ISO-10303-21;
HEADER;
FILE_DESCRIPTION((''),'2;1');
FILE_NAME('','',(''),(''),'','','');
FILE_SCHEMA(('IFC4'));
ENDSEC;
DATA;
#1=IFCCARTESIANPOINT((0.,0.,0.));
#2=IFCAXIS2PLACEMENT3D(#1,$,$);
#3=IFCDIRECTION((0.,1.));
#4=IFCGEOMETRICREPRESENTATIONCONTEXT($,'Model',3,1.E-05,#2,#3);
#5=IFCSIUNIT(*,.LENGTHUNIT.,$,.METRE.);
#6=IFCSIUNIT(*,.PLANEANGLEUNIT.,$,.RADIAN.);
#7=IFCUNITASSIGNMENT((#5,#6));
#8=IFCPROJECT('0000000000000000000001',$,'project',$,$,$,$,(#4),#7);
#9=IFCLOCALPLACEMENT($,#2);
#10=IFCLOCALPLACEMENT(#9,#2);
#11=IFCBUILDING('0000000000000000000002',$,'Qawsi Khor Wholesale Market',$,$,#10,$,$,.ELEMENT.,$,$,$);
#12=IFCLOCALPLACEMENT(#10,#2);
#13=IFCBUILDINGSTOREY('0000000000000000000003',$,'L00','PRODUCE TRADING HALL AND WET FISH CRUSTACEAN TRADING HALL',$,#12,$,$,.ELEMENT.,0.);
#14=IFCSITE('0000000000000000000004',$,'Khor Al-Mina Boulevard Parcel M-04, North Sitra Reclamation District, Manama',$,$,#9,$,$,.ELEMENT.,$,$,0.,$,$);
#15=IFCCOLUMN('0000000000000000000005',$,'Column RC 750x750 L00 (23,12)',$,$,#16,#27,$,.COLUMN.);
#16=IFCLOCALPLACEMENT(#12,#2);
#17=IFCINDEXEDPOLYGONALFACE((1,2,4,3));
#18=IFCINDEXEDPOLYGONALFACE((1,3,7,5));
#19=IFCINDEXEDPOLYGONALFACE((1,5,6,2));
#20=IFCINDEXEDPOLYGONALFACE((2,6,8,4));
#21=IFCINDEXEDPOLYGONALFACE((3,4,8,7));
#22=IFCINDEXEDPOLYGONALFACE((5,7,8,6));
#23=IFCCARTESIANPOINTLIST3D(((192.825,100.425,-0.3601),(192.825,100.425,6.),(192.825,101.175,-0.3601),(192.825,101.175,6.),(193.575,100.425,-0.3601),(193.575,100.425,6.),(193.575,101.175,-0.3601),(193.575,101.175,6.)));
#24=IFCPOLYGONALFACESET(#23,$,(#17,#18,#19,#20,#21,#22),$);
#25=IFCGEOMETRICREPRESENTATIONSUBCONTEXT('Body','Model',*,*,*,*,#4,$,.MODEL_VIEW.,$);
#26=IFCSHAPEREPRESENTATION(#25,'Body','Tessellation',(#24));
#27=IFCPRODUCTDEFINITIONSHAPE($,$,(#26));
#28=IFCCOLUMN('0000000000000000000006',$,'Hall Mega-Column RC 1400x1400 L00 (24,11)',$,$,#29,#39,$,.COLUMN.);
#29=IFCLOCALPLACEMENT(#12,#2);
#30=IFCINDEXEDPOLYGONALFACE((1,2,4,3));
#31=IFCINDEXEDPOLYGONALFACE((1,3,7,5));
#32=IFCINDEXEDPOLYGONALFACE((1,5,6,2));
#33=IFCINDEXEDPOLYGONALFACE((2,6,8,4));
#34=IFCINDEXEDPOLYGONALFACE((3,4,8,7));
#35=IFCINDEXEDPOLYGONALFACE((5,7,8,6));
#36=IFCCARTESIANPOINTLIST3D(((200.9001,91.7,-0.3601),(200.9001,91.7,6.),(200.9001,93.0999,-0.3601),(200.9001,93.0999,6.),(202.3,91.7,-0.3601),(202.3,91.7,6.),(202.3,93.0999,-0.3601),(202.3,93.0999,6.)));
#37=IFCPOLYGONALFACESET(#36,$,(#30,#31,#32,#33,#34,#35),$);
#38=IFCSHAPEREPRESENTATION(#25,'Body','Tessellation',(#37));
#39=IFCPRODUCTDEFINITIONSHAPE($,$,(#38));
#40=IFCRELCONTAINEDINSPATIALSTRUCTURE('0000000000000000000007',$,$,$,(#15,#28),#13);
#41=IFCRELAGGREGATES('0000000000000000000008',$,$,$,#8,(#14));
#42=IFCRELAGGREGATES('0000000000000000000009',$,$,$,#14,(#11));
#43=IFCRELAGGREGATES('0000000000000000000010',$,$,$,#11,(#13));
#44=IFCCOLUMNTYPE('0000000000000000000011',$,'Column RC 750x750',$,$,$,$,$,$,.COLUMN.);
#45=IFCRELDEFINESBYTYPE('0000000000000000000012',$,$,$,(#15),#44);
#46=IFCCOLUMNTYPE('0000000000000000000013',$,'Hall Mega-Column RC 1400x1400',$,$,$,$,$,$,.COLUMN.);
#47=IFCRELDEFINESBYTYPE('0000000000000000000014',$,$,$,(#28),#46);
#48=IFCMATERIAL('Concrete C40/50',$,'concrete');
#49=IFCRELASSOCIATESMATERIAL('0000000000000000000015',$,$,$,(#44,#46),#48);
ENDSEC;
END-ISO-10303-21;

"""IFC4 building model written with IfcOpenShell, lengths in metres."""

from ifc_helpers import new_model, si_unit, direction, frame, origin, origin_2d, place, context, subcontext, project, spatial, rectangle, extrude, material, material_profile, profile_set, type_object, element, save


model = new_model("IFC4")

# Units and contexts
model_context = context("Model", 3, precision=1e-05, world=origin(), true_north=direction((0.0, 1.0)))
body_context = subcontext(model_context, "Body", "Model", "MODEL_VIEW")
ifc_project = project(units=[si_unit("LENGTHUNIT", "METRE"), si_unit("PLANEANGLEUNIT", "RADIAN")], contexts=[model_context])

# Site, building, storey
site_placement = place(None, origin())
site = spatial("IfcSite", under=ifc_project, at=site_placement, Name="Khor Al-Mina Boulevard Parcel M-04, North Sitra Reclamation District, Manama", CompositionType="ELEMENT", RefElevation=0.0)
building_placement = place(site_placement, origin())
building = spatial("IfcBuilding", under=site, at=building_placement, Name="Qawsi Khor Wholesale Market", CompositionType="ELEMENT")
storey_placement = place(building_placement, origin())
storey = spatial("IfcBuildingStorey", under=building, at=storey_placement, Name="L00", Description="PRODUCE TRADING HALL AND WET FISH CRUSTACEAN TRADING HALL", CompositionType="ELEMENT", Elevation=0.0)

# Columns
ifc_material_1 = material(Name="Concrete C40/50", Category="concrete")
ifc_material_profile_1 = material_profile(ifc_material_1, rectangle(XDim=0.75, YDim=0.75, at=origin_2d()), Name="RC 750x750")
ifc_profile_set_1 = profile_set([ifc_material_profile_1], Name="Concrete C40/50")
column_type_1 = type_object("IfcColumnType", Name="Column RC 750x750", PredefinedType="COLUMN", material=ifc_profile_set_1)
for number, where, z_axis, x_axis, name in (
    (1, (193.2, 100.8, -0.3601), (0.0, 0.0, 1.0), (1.0, 0.0, 0.0), "Column RC 750x750 L00 (23,12)"),
):
    element("IfcColumn", number, at=place(storey_placement, frame(where, z_axis=z_axis, x_axis=x_axis)), inside=storey, type_object=column_type_1, Name=name, PredefinedType="COLUMN", context=body_context, shape_type="SweptSolid", body=[
        extrude(rectangle(XDim=0.75, YDim=0.75, at=origin_2d()), origin(), (0.0, 0.0, 1.0), 6.3601),
    ])
ifc_material_profile_2 = material_profile(ifc_material_1, rectangle(XDim=1.3999, YDim=1.3999, at=origin_2d()), Name="RC 1400x1400")
ifc_profile_set_2 = profile_set([ifc_material_profile_2], Name="Concrete C40/50")
column_type_2 = type_object("IfcColumnType", Name="Hall Mega-Column RC 1400x1400", PredefinedType="COLUMN", material=ifc_profile_set_2)
column_placement = place(storey_placement, frame((201.6001, 92.3999, -0.3601), z_axis=(0.0, 0.0, 1.0), x_axis=(1.0, 0.0, 0.0)))
element("IfcColumn", 2, at=column_placement, inside=storey, type_object=column_type_2, Name="Hall Mega-Column RC 1400x1400 L00 (24,11)", PredefinedType="COLUMN", context=body_context, shape_type="SweptSolid", body=[
    extrude(rectangle(XDim=1.3999, YDim=1.3999, at=origin_2d()), origin(), (0.0, 0.0, 1.0), 6.3601),
])

save(model, "model.ifc")
